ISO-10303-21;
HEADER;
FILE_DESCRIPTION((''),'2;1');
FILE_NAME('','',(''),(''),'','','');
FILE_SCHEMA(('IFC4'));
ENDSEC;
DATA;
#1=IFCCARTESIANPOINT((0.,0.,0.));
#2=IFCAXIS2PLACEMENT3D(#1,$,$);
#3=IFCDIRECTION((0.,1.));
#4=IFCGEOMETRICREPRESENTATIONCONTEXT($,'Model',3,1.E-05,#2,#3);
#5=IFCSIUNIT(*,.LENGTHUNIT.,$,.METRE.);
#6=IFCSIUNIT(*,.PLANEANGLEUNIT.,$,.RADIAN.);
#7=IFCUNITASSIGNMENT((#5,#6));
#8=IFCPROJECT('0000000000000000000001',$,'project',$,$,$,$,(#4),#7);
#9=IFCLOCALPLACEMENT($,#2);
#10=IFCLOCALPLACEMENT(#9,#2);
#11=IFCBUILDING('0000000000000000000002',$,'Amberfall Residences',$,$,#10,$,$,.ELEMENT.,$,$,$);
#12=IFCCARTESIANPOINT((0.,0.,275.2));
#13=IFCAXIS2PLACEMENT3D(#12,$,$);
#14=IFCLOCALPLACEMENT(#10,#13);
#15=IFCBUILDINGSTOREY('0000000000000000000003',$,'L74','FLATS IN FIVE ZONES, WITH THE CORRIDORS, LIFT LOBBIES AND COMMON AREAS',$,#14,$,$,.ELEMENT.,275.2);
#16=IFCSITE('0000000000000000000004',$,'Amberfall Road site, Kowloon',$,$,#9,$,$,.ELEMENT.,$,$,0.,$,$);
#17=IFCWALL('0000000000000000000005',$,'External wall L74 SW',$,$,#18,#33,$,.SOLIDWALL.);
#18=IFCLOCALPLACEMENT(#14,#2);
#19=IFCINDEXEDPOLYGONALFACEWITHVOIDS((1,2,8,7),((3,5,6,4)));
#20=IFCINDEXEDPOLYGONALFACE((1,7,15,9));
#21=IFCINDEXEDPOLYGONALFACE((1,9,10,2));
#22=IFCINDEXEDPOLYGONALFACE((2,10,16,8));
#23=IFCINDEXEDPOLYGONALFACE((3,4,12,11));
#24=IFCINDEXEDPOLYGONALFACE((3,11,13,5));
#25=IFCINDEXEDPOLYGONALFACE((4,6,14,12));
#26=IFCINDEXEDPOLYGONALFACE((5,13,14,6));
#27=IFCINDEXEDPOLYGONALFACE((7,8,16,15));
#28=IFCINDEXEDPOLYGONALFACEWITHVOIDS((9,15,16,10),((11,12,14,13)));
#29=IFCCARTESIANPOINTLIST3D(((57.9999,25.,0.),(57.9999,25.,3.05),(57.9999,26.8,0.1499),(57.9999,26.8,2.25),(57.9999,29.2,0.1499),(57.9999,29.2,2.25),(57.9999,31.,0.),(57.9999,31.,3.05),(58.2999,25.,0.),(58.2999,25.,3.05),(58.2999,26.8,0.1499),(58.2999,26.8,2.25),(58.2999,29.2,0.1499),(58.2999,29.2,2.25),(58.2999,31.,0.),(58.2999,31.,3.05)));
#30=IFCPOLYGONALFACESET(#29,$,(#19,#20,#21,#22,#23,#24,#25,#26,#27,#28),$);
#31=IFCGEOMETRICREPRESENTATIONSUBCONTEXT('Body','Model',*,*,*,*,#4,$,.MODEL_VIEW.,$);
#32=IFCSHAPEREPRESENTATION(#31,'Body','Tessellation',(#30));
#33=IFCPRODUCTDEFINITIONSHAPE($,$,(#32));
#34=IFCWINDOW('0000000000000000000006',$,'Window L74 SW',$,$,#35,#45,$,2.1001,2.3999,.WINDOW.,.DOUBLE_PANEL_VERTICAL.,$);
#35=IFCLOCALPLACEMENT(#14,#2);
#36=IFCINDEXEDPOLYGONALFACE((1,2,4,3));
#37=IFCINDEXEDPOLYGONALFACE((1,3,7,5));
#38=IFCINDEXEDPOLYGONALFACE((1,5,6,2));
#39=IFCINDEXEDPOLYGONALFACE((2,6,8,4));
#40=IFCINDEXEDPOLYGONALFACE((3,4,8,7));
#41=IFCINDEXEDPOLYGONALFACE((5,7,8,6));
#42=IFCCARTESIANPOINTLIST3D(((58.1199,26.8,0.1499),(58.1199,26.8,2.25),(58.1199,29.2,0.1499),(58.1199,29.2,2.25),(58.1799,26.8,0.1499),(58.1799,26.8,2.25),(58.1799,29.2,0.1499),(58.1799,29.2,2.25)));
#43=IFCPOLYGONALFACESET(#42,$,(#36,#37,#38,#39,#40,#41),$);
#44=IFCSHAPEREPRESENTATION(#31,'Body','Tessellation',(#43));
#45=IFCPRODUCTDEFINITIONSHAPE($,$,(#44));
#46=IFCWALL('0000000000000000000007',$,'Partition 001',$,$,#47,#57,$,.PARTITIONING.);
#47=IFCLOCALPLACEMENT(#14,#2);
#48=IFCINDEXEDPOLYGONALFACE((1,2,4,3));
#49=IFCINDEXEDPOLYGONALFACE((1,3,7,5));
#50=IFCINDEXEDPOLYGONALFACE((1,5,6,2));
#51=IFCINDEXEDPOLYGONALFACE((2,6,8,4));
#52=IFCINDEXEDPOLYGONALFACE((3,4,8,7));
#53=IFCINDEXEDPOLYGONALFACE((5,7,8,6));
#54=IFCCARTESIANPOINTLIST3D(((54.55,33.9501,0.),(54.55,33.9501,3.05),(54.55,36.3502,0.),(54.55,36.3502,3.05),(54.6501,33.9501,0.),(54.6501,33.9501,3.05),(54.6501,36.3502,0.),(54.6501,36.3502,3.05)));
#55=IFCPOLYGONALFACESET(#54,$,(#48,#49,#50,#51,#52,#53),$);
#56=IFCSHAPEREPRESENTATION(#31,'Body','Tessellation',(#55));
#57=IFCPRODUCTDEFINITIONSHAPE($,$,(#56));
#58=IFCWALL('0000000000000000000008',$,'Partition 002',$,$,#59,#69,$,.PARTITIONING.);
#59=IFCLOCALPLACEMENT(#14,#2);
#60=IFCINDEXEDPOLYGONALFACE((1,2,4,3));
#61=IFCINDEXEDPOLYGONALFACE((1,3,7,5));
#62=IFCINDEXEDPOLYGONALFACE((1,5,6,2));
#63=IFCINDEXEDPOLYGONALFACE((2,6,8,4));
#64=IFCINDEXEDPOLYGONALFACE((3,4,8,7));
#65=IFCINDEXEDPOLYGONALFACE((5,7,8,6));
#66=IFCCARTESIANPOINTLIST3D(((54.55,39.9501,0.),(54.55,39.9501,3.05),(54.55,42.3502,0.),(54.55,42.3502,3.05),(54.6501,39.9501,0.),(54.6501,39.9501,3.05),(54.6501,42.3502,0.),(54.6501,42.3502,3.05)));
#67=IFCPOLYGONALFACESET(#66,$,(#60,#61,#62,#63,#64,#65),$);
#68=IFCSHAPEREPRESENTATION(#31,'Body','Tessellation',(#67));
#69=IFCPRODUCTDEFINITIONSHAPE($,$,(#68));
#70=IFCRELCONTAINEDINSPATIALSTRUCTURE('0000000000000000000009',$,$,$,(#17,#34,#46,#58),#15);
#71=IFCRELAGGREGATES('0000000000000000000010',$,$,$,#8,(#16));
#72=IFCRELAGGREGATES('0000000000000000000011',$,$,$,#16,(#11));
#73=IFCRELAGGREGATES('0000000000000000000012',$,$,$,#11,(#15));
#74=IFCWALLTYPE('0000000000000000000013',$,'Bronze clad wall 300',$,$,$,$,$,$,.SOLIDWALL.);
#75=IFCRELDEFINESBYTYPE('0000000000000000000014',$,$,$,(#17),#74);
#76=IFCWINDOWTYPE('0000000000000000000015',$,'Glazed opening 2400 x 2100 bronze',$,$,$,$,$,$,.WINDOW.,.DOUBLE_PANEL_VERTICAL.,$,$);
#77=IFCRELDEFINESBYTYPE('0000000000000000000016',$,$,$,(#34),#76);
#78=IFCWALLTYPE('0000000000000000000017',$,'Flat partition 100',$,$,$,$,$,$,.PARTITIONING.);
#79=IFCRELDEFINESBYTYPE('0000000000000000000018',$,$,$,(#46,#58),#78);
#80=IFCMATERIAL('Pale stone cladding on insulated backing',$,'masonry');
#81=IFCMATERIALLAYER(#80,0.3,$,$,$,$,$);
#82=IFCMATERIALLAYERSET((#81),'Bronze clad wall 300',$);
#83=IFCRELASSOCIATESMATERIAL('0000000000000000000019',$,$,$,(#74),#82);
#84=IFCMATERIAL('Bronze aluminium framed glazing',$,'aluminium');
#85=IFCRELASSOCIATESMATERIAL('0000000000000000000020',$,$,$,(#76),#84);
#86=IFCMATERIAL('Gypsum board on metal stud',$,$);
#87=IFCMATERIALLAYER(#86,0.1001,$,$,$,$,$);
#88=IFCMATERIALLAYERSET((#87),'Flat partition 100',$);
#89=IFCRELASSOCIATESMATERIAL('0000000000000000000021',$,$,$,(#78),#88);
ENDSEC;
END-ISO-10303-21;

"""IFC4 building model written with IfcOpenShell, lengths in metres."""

from ifc_helpers import new_model, si_unit, direction, frame, frame_2d, origin, place, context, subcontext, project, spatial, rectangle, extrude, material, layer, layer_set, type_object, element, fill, save


model = new_model("IFC4")

# Units and contexts
model_context = context("Model", 3, precision=1e-05, world=origin(), true_north=direction((0.0, 1.0)))
body_context = subcontext(model_context, "Body", "Model", "MODEL_VIEW")
ifc_project = project(units=[si_unit("LENGTHUNIT", "METRE"), si_unit("PLANEANGLEUNIT", "RADIAN")], contexts=[model_context])

# Site, building, storey
site_placement = place(None, origin())
site = spatial("IfcSite", under=ifc_project, at=site_placement, Name="Amberfall Road site, Kowloon", CompositionType="ELEMENT", RefElevation=0.0)
building_placement = place(site_placement, origin())
building = spatial("IfcBuilding", under=site, at=building_placement, Name="Amberfall Residences", CompositionType="ELEMENT")
storey_placement = place(building_placement, frame((0.0, 0.0, 275.2)))
storey = spatial("IfcBuildingStorey", under=building, at=storey_placement, Name="L74", Description="FLATS IN FIVE ZONES, WITH THE CORRIDORS, LIFT LOBBIES AND COMMON AREAS", CompositionType="ELEMENT", Elevation=275.2)

# Shared definitions
ifc_material_1 = material(Name="Pale stone cladding on insulated backing", Category="masonry")
ifc_layer_1 = layer(ifc_material_1, 0.3)
ifc_layer_set_1 = layer_set([ifc_layer_1], Name="Bronze clad wall 300")
wall_type_1 = type_object("IfcWallType", Name="Bronze clad wall 300", PredefinedType="SOLIDWALL", material=ifc_layer_set_1)

# Wall, opening, window
wall_1_placement = place(storey_placement, frame((58.1499, 31.0, 0.0), z_axis=(0.0, 0.0, 1.0), x_axis=(0.0, -1.0, 0.0)))
wall_1 = element("IfcWall", 1, at=wall_1_placement, inside=storey, type_object=wall_type_1, Name="External wall L74 SW", PredefinedType="SOLIDWALL", context=body_context, shape_type="SweptSolid", body=[
    extrude(rectangle(XDim=6.0, YDim=0.3, at=frame_2d((3.0, 0.0))), origin(), (0.0, 0.0, 1.0), 3.05),
])
opening_1_placement = place(wall_1_placement, frame((1.8, 0.0, 0.1499)))
opening_1 = element("IfcOpeningElement", 2, at=opening_1_placement, cuts=wall_1, PredefinedType="OPENING", context=body_context, shape_type="SweptSolid", body=[
    extrude(rectangle(XDim=2.3999, YDim=2.1001, at=frame_2d((1.2, 1.05))), frame((0.0, 0.1599, 0.0), z_axis=(0.0, -1.0, 0.0), x_axis=(1.0, 0.0, 0.0)), (0.0, 0.0, 1.0), 0.3201),
])
ifc_material_2 = material(Name="Bronze aluminium framed glazing", Category="aluminium")
window_type = type_object("IfcWindowType", Name="Glazed opening 2400 x 2100 bronze", PartitioningType="DOUBLE_PANEL_VERTICAL", PredefinedType="WINDOW", material=ifc_material_2)
window_placement = place(opening_1_placement, origin())
window = element("IfcWindow", 3, at=window_placement, inside=storey, type_object=window_type, Name="Window L74 SW", OverallHeight=2.1001, OverallWidth=2.3999, PartitioningType="DOUBLE_PANEL_VERTICAL", PredefinedType="WINDOW", context=body_context, shape_type="SweptSolid", body=[
    extrude(rectangle(XDim=2.3999, YDim=2.1001, at=frame_2d((1.2, 1.05))), frame((0.0, 0.03, 0.0), z_axis=(0.0, -1.0, 0.0), x_axis=(1.0, 0.0, 0.0)), (0.0, 0.0, 1.0), 0.0601),
])
fill(opening_1, window)

# Walls
ifc_material_3 = material(Name="Gypsum board on metal stud")
ifc_layer_2 = layer(ifc_material_3, 0.1001)
ifc_layer_set_2 = layer_set([ifc_layer_2], Name="Flat partition 100")
wall_type_2 = type_object("IfcWallType", Name="Flat partition 100", PredefinedType="PARTITIONING", material=ifc_layer_set_2)
for number, where, z_axis, x_axis, name in (
    (4, (54.6001, 33.95, 0.0), (0.0, 0.0, 1.0), (0.0, 1.0, 0.0), "Partition 001"),
    (5, (54.6001, 39.95, 0.0), (0.0, 0.0, 1.0), (0.0, 1.0, 0.0), "Partition 002"),
):
    element("IfcWall", number, at=place(storey_placement, frame(where, z_axis=z_axis, x_axis=x_axis)), inside=storey, type_object=wall_type_2, Name=name, PredefinedType="PARTITIONING", context=body_context, shape_type="SweptSolid", body=[
        extrude(rectangle(XDim=2.4001, YDim=0.1001, at=frame_2d((1.2002, 0.0))), origin(), (0.0, 0.0, 1.0), 3.05),
    ])

save(model, "model.ifc")
